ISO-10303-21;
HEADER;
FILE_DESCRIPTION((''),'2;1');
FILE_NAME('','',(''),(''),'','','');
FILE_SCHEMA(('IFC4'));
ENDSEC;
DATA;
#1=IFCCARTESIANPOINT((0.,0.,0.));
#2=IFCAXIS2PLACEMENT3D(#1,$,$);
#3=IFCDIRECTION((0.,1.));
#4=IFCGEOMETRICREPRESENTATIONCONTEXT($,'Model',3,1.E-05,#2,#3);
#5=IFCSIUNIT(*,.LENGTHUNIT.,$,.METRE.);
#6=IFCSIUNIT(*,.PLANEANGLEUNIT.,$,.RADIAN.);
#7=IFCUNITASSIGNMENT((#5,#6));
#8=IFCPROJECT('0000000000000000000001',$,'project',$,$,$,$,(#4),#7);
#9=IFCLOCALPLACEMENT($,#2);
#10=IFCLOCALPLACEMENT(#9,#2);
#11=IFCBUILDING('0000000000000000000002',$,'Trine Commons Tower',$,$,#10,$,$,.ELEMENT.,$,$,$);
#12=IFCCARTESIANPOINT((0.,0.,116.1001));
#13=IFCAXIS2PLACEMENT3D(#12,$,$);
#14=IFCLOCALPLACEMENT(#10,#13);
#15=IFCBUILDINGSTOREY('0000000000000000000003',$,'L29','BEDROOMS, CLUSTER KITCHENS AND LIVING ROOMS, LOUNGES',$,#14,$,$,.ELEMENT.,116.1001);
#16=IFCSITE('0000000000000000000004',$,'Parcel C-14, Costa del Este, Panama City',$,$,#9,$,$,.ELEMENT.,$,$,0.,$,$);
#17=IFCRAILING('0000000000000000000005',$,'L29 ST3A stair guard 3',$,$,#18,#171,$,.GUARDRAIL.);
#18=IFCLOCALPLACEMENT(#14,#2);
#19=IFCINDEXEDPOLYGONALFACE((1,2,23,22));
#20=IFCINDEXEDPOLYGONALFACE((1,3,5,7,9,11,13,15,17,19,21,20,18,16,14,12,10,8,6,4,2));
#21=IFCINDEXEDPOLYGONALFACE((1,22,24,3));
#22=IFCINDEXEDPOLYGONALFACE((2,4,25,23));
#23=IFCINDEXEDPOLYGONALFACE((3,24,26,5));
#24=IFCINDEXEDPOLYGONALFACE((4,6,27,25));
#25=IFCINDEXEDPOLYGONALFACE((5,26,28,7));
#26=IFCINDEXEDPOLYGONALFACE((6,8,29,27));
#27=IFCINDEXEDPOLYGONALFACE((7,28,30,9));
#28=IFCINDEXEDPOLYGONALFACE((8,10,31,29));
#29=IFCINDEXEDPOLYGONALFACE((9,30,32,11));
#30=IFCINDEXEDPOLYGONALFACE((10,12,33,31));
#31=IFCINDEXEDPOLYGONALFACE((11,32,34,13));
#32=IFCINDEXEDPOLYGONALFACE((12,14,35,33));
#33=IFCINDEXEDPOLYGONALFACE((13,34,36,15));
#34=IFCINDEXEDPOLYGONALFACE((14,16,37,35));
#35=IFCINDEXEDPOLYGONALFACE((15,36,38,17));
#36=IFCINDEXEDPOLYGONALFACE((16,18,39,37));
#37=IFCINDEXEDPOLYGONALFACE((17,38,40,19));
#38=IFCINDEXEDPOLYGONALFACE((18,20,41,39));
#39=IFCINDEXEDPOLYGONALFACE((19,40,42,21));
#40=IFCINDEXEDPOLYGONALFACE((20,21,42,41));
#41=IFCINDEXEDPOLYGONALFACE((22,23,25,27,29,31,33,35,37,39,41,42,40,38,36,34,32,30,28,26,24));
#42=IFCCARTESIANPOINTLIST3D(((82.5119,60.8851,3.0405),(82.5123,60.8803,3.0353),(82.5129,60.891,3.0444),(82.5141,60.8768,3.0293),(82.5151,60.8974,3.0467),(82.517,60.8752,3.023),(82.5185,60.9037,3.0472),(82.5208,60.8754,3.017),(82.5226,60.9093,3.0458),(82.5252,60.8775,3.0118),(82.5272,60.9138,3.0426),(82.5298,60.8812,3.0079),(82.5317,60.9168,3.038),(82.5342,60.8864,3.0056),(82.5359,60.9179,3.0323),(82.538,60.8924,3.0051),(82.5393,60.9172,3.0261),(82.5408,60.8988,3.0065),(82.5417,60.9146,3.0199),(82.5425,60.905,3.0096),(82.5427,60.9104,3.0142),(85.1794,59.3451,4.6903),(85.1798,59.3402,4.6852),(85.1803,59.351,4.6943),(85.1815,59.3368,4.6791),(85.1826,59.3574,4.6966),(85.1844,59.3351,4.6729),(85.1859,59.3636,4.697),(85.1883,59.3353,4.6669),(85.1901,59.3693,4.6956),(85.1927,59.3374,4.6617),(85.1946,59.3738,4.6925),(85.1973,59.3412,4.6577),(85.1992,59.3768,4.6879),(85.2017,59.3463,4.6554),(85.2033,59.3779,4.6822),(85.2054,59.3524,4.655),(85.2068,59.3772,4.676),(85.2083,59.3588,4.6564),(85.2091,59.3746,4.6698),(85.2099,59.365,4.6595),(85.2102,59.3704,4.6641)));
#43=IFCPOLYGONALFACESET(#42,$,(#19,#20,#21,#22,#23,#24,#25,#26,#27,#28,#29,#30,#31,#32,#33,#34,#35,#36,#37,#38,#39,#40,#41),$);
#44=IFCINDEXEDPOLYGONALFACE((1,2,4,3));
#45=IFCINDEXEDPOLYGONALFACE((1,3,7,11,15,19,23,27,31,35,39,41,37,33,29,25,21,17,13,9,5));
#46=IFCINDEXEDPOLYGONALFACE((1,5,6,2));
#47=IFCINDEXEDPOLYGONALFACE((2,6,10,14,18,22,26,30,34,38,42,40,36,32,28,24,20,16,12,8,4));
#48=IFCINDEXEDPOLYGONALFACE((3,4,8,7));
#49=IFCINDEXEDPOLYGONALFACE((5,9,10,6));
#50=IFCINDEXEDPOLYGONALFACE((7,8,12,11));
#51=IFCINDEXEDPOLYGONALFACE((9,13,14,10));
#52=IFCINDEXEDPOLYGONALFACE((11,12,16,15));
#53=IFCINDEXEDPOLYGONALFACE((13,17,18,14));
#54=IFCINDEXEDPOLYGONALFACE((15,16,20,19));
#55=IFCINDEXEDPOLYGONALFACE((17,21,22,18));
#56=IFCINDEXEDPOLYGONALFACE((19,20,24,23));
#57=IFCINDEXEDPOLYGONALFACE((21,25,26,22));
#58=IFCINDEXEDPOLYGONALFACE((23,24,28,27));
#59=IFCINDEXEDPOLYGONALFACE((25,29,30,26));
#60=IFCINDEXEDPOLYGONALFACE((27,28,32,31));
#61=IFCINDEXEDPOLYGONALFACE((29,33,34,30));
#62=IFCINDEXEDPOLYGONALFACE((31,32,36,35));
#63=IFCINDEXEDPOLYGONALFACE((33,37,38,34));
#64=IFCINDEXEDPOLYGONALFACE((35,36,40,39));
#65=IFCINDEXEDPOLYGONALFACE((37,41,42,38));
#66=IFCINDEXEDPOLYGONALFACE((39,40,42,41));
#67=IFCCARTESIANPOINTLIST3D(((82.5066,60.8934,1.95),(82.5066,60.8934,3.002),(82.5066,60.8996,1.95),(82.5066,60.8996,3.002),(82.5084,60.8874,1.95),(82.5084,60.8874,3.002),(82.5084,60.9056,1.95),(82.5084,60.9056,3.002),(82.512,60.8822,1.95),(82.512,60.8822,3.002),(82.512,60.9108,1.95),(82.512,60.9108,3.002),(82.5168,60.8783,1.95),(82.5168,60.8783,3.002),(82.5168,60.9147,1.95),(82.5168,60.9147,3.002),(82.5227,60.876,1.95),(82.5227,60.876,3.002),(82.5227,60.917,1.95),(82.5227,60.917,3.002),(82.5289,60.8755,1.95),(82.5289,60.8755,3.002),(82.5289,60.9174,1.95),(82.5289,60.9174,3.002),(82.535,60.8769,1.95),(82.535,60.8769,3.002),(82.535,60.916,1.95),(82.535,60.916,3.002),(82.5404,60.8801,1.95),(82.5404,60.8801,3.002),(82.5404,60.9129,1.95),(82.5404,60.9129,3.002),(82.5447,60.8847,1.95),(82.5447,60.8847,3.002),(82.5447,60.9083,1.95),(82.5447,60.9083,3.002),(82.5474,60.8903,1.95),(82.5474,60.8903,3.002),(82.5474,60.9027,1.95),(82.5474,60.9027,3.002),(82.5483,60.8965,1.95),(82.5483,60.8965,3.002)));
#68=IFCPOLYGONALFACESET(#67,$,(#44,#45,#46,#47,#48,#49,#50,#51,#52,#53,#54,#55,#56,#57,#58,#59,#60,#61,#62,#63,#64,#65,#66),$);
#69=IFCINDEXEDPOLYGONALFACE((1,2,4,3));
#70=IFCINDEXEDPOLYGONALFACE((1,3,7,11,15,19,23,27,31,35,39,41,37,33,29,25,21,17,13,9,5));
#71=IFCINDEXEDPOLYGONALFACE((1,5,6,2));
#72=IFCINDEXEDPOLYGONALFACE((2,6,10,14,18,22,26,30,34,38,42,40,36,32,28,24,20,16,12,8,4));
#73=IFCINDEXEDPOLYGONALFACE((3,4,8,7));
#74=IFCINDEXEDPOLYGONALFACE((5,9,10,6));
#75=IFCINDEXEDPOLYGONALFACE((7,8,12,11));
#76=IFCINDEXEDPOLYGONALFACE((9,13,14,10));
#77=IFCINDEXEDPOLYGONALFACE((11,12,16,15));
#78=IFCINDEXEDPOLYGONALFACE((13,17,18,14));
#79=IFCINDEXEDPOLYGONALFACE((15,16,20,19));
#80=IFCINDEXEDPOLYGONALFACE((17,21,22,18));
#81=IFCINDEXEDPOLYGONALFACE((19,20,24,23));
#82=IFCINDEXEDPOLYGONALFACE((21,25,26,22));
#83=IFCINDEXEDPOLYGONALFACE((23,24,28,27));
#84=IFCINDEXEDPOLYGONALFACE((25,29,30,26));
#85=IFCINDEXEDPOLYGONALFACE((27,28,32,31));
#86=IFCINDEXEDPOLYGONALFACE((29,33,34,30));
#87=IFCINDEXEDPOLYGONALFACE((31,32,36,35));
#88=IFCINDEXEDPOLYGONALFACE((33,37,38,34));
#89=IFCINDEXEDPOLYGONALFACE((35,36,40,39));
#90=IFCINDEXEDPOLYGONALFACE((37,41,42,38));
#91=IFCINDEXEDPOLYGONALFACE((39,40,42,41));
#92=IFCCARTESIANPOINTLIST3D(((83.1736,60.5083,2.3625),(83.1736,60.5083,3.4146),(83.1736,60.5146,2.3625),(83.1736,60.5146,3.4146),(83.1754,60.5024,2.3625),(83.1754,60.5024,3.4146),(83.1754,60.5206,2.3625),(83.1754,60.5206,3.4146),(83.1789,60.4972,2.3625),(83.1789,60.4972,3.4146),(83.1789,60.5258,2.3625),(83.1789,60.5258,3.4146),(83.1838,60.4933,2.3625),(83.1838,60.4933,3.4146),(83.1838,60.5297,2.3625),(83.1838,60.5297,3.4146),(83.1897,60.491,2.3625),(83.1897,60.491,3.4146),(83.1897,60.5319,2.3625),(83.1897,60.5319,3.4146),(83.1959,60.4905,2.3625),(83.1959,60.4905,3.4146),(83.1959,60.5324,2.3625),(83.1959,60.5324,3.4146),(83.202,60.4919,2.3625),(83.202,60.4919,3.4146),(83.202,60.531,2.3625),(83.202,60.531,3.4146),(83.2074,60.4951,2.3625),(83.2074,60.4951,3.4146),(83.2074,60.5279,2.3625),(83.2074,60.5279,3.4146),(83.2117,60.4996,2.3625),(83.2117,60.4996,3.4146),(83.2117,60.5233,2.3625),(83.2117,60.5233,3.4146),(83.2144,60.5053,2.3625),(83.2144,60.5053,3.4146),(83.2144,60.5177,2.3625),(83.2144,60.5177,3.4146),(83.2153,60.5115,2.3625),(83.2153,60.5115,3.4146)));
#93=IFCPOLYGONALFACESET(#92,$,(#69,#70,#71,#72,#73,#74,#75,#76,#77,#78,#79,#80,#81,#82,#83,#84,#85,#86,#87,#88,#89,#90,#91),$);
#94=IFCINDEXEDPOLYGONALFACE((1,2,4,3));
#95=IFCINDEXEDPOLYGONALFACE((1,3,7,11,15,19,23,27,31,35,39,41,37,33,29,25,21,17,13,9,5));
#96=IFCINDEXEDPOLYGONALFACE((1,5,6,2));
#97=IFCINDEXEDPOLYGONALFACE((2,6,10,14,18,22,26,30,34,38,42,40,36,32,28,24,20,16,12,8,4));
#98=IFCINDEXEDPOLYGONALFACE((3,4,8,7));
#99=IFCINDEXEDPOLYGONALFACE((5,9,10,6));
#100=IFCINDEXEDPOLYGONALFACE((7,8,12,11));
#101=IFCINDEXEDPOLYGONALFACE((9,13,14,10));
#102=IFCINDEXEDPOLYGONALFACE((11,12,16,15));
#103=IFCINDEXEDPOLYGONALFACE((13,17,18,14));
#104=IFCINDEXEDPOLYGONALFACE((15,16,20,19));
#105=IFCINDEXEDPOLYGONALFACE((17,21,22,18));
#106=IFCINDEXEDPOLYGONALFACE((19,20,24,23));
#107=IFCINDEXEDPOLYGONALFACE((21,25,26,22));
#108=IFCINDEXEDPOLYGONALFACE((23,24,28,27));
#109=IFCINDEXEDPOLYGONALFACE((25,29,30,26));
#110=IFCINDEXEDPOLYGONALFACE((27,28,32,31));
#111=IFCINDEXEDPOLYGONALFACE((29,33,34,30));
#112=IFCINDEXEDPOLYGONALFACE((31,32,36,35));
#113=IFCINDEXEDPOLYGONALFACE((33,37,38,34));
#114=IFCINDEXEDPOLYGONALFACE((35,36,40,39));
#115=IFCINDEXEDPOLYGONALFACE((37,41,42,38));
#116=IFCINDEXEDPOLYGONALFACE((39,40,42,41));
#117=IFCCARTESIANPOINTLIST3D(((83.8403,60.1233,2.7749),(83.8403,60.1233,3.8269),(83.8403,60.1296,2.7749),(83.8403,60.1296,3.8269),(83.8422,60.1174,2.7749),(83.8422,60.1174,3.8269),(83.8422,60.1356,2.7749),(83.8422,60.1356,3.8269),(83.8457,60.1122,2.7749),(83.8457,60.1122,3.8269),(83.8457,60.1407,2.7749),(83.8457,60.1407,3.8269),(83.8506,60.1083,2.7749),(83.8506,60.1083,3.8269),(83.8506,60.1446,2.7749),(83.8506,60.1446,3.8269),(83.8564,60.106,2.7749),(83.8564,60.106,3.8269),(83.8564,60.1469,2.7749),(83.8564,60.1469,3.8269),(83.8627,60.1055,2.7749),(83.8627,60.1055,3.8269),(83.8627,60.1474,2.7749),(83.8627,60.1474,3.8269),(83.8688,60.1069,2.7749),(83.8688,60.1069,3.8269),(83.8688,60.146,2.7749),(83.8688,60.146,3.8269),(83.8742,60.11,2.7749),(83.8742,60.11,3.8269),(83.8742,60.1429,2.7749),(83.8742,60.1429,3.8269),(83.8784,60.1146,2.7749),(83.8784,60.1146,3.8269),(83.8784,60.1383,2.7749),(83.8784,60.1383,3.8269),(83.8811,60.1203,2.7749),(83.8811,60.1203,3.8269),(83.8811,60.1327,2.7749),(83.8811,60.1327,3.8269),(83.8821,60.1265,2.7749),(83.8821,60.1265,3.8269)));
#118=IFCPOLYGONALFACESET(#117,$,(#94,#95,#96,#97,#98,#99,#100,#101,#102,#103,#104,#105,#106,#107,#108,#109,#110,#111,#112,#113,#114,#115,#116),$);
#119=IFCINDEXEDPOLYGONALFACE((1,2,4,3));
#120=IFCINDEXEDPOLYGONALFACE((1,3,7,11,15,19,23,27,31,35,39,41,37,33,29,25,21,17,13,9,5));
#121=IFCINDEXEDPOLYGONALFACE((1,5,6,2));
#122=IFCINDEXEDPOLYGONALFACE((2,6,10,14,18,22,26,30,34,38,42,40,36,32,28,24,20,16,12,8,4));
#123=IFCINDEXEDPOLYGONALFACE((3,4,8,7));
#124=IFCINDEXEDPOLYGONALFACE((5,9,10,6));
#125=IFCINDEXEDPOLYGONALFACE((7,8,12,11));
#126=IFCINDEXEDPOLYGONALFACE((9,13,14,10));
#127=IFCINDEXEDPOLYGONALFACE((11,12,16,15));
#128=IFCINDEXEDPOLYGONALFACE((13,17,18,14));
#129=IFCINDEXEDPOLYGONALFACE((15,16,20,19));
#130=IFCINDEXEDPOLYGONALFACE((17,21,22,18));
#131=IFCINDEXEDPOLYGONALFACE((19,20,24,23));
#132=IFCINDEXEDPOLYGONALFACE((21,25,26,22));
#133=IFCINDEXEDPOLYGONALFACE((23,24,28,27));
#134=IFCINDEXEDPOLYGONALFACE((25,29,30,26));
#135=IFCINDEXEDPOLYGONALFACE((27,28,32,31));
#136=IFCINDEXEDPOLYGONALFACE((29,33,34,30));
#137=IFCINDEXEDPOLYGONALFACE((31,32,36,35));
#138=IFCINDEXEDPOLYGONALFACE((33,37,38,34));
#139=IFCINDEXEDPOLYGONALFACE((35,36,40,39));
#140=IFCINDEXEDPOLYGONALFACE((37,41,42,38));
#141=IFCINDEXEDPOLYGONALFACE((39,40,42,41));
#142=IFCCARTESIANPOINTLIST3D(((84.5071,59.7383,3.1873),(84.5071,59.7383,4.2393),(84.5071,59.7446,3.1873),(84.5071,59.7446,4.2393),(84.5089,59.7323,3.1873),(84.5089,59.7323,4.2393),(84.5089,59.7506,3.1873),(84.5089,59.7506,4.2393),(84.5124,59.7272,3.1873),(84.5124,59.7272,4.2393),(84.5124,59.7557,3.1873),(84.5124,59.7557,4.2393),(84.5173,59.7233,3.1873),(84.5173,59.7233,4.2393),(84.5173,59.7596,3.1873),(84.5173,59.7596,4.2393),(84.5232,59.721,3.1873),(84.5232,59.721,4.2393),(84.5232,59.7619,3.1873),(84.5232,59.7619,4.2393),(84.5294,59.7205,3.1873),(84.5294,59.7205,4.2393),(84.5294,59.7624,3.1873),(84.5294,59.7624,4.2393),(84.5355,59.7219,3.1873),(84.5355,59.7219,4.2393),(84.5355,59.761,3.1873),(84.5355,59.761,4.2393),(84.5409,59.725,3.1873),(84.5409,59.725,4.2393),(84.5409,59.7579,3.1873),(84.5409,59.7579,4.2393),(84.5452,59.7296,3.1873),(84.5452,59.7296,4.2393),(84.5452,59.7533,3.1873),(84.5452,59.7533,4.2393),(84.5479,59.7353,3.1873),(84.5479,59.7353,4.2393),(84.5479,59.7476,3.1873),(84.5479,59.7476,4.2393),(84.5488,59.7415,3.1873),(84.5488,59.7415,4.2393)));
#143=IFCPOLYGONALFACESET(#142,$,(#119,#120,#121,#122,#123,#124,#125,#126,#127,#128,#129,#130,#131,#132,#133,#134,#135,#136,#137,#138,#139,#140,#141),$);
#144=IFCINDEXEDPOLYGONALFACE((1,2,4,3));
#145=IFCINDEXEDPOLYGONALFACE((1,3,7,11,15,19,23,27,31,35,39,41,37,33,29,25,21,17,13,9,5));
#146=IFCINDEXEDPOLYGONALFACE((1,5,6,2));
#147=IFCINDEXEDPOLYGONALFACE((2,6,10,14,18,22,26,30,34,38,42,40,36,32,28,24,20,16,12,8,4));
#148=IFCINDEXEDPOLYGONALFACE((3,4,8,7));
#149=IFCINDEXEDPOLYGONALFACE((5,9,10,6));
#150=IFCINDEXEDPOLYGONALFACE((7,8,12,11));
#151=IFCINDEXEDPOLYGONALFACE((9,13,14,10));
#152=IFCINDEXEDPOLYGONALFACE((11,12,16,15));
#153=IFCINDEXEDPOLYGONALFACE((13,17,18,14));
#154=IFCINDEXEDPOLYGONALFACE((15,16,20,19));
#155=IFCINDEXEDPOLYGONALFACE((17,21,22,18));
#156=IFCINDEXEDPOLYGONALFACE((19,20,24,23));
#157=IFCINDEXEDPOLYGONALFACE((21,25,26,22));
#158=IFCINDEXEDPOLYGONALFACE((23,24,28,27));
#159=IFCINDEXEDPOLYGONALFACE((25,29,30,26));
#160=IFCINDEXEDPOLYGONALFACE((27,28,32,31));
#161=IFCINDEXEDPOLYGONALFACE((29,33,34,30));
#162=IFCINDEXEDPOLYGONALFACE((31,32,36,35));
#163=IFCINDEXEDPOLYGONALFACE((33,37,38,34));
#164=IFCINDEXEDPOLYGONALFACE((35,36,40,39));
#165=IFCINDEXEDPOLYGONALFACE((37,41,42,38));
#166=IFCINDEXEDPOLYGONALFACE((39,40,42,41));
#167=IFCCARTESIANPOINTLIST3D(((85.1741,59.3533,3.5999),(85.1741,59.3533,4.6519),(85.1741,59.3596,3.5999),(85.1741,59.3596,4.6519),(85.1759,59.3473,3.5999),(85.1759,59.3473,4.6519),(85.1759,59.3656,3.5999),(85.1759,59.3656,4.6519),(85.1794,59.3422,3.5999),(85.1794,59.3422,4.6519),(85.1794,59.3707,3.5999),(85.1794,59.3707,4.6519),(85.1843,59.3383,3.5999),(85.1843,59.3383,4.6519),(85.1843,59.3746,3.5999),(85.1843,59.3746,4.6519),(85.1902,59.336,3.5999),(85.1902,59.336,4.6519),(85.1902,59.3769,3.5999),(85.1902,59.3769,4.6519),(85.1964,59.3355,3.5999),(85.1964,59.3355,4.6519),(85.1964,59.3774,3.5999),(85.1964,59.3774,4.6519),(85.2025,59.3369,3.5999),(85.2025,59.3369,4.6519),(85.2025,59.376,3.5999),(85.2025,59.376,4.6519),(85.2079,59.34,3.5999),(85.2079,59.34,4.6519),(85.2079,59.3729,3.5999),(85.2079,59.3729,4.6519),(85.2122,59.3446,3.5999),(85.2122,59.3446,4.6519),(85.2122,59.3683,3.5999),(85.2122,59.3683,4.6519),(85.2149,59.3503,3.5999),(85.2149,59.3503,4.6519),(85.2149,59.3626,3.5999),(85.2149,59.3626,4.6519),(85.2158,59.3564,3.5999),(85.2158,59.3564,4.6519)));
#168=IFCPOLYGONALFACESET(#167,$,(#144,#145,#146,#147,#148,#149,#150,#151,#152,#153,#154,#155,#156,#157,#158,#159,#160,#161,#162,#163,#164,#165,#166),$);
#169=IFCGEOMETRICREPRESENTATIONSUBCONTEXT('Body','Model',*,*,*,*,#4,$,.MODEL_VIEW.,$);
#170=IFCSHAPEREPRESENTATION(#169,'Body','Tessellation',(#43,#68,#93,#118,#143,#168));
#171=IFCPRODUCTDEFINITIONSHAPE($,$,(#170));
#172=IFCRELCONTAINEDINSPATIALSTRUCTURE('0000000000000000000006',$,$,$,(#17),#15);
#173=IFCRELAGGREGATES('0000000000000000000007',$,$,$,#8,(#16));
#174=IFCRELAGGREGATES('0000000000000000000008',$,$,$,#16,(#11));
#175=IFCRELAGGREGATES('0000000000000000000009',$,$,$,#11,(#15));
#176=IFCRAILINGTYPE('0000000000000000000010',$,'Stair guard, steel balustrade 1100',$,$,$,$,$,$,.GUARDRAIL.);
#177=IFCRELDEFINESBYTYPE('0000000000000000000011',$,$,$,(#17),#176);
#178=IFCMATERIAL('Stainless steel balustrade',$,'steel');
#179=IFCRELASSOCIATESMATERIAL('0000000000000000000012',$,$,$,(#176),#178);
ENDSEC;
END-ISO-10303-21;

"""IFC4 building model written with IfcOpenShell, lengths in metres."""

from ifc_helpers import new_model, si_unit, direction, frame, origin, origin_2d, place, context, subcontext, project, spatial, circle, extrude, material, type_object, element, save


model = new_model("IFC4")

# Units and contexts
model_context = context("Model", 3, precision=1e-05, world=origin(), true_north=direction((0.0, 1.0)))
body_context = subcontext(model_context, "Body", "Model", "MODEL_VIEW")
ifc_project = project(units=[si_unit("LENGTHUNIT", "METRE"), si_unit("PLANEANGLEUNIT", "RADIAN")], contexts=[model_context])

# Site, building, storey
site_placement = place(None, origin())
site = spatial("IfcSite", under=ifc_project, at=site_placement, Name="Parcel C-14, Costa del Este, Panama City", CompositionType="ELEMENT", RefElevation=0.0)
building_placement = place(site_placement, origin())
building = spatial("IfcBuilding", under=site, at=building_placement, Name="Trine Commons Tower", CompositionType="ELEMENT")
storey_placement = place(building_placement, frame((0.0, 0.0, 116.1001)))
storey = spatial("IfcBuildingStorey", under=building, at=storey_placement, Name="L29", Description="BEDROOMS, CLUSTER KITCHENS AND LIVING ROOMS, LOUNGES", CompositionType="ELEMENT", Elevation=116.1001)

# Railing
ifc_material_1 = material(Name="Stainless steel balustrade", Category="steel")
railing_type_1 = type_object("IfcRailingType", Name="Stair guard, steel balustrade 1100", PredefinedType="GUARDRAIL", material=ifc_material_1)
railing_1_placement = place(storey_placement, frame((82.5273, 60.8965, 1.95)))
element("IfcRailing", 1, at=railing_1_placement, inside=storey, type_object=railing_type_1, Name="L29 ST3A stair guard 3", PredefinedType="GUARDRAIL", context=body_context, shape_type="SweptSolid", body=[
    extrude(circle(Radius=0.0239, at=origin_2d()), frame((0.0, 0.0, 1.0762), z_axis=(0.763405, -0.440743, 0.472185), x_axis=(0.499992, 0.86603, 0.0)), (0.0, 0.0, 1.0), 3.4941),
    extrude(circle(Radius=0.021, at=origin_2d()), origin(), (0.0, 0.0, 1.0), 1.052),
    extrude(circle(Radius=0.021, at=origin_2d()), frame((0.667, -0.385, 0.4126)), (0.0, 0.0, 1.0), 1.052),
    extrude(circle(Radius=0.021, at=origin_2d()), frame((1.3337, -0.77, 0.825)), (0.0, 0.0, 1.0), 1.052),
    extrude(circle(Radius=0.021, at=origin_2d()), frame((2.0005, -1.155, 1.2373)), (0.0, 0.0, 1.0), 1.052),
    extrude(circle(Radius=0.021, at=origin_2d()), frame((2.6675, -1.54, 1.6499)), (0.0, 0.0, 1.0), 1.052),
])

save(model, "model.ifc")
